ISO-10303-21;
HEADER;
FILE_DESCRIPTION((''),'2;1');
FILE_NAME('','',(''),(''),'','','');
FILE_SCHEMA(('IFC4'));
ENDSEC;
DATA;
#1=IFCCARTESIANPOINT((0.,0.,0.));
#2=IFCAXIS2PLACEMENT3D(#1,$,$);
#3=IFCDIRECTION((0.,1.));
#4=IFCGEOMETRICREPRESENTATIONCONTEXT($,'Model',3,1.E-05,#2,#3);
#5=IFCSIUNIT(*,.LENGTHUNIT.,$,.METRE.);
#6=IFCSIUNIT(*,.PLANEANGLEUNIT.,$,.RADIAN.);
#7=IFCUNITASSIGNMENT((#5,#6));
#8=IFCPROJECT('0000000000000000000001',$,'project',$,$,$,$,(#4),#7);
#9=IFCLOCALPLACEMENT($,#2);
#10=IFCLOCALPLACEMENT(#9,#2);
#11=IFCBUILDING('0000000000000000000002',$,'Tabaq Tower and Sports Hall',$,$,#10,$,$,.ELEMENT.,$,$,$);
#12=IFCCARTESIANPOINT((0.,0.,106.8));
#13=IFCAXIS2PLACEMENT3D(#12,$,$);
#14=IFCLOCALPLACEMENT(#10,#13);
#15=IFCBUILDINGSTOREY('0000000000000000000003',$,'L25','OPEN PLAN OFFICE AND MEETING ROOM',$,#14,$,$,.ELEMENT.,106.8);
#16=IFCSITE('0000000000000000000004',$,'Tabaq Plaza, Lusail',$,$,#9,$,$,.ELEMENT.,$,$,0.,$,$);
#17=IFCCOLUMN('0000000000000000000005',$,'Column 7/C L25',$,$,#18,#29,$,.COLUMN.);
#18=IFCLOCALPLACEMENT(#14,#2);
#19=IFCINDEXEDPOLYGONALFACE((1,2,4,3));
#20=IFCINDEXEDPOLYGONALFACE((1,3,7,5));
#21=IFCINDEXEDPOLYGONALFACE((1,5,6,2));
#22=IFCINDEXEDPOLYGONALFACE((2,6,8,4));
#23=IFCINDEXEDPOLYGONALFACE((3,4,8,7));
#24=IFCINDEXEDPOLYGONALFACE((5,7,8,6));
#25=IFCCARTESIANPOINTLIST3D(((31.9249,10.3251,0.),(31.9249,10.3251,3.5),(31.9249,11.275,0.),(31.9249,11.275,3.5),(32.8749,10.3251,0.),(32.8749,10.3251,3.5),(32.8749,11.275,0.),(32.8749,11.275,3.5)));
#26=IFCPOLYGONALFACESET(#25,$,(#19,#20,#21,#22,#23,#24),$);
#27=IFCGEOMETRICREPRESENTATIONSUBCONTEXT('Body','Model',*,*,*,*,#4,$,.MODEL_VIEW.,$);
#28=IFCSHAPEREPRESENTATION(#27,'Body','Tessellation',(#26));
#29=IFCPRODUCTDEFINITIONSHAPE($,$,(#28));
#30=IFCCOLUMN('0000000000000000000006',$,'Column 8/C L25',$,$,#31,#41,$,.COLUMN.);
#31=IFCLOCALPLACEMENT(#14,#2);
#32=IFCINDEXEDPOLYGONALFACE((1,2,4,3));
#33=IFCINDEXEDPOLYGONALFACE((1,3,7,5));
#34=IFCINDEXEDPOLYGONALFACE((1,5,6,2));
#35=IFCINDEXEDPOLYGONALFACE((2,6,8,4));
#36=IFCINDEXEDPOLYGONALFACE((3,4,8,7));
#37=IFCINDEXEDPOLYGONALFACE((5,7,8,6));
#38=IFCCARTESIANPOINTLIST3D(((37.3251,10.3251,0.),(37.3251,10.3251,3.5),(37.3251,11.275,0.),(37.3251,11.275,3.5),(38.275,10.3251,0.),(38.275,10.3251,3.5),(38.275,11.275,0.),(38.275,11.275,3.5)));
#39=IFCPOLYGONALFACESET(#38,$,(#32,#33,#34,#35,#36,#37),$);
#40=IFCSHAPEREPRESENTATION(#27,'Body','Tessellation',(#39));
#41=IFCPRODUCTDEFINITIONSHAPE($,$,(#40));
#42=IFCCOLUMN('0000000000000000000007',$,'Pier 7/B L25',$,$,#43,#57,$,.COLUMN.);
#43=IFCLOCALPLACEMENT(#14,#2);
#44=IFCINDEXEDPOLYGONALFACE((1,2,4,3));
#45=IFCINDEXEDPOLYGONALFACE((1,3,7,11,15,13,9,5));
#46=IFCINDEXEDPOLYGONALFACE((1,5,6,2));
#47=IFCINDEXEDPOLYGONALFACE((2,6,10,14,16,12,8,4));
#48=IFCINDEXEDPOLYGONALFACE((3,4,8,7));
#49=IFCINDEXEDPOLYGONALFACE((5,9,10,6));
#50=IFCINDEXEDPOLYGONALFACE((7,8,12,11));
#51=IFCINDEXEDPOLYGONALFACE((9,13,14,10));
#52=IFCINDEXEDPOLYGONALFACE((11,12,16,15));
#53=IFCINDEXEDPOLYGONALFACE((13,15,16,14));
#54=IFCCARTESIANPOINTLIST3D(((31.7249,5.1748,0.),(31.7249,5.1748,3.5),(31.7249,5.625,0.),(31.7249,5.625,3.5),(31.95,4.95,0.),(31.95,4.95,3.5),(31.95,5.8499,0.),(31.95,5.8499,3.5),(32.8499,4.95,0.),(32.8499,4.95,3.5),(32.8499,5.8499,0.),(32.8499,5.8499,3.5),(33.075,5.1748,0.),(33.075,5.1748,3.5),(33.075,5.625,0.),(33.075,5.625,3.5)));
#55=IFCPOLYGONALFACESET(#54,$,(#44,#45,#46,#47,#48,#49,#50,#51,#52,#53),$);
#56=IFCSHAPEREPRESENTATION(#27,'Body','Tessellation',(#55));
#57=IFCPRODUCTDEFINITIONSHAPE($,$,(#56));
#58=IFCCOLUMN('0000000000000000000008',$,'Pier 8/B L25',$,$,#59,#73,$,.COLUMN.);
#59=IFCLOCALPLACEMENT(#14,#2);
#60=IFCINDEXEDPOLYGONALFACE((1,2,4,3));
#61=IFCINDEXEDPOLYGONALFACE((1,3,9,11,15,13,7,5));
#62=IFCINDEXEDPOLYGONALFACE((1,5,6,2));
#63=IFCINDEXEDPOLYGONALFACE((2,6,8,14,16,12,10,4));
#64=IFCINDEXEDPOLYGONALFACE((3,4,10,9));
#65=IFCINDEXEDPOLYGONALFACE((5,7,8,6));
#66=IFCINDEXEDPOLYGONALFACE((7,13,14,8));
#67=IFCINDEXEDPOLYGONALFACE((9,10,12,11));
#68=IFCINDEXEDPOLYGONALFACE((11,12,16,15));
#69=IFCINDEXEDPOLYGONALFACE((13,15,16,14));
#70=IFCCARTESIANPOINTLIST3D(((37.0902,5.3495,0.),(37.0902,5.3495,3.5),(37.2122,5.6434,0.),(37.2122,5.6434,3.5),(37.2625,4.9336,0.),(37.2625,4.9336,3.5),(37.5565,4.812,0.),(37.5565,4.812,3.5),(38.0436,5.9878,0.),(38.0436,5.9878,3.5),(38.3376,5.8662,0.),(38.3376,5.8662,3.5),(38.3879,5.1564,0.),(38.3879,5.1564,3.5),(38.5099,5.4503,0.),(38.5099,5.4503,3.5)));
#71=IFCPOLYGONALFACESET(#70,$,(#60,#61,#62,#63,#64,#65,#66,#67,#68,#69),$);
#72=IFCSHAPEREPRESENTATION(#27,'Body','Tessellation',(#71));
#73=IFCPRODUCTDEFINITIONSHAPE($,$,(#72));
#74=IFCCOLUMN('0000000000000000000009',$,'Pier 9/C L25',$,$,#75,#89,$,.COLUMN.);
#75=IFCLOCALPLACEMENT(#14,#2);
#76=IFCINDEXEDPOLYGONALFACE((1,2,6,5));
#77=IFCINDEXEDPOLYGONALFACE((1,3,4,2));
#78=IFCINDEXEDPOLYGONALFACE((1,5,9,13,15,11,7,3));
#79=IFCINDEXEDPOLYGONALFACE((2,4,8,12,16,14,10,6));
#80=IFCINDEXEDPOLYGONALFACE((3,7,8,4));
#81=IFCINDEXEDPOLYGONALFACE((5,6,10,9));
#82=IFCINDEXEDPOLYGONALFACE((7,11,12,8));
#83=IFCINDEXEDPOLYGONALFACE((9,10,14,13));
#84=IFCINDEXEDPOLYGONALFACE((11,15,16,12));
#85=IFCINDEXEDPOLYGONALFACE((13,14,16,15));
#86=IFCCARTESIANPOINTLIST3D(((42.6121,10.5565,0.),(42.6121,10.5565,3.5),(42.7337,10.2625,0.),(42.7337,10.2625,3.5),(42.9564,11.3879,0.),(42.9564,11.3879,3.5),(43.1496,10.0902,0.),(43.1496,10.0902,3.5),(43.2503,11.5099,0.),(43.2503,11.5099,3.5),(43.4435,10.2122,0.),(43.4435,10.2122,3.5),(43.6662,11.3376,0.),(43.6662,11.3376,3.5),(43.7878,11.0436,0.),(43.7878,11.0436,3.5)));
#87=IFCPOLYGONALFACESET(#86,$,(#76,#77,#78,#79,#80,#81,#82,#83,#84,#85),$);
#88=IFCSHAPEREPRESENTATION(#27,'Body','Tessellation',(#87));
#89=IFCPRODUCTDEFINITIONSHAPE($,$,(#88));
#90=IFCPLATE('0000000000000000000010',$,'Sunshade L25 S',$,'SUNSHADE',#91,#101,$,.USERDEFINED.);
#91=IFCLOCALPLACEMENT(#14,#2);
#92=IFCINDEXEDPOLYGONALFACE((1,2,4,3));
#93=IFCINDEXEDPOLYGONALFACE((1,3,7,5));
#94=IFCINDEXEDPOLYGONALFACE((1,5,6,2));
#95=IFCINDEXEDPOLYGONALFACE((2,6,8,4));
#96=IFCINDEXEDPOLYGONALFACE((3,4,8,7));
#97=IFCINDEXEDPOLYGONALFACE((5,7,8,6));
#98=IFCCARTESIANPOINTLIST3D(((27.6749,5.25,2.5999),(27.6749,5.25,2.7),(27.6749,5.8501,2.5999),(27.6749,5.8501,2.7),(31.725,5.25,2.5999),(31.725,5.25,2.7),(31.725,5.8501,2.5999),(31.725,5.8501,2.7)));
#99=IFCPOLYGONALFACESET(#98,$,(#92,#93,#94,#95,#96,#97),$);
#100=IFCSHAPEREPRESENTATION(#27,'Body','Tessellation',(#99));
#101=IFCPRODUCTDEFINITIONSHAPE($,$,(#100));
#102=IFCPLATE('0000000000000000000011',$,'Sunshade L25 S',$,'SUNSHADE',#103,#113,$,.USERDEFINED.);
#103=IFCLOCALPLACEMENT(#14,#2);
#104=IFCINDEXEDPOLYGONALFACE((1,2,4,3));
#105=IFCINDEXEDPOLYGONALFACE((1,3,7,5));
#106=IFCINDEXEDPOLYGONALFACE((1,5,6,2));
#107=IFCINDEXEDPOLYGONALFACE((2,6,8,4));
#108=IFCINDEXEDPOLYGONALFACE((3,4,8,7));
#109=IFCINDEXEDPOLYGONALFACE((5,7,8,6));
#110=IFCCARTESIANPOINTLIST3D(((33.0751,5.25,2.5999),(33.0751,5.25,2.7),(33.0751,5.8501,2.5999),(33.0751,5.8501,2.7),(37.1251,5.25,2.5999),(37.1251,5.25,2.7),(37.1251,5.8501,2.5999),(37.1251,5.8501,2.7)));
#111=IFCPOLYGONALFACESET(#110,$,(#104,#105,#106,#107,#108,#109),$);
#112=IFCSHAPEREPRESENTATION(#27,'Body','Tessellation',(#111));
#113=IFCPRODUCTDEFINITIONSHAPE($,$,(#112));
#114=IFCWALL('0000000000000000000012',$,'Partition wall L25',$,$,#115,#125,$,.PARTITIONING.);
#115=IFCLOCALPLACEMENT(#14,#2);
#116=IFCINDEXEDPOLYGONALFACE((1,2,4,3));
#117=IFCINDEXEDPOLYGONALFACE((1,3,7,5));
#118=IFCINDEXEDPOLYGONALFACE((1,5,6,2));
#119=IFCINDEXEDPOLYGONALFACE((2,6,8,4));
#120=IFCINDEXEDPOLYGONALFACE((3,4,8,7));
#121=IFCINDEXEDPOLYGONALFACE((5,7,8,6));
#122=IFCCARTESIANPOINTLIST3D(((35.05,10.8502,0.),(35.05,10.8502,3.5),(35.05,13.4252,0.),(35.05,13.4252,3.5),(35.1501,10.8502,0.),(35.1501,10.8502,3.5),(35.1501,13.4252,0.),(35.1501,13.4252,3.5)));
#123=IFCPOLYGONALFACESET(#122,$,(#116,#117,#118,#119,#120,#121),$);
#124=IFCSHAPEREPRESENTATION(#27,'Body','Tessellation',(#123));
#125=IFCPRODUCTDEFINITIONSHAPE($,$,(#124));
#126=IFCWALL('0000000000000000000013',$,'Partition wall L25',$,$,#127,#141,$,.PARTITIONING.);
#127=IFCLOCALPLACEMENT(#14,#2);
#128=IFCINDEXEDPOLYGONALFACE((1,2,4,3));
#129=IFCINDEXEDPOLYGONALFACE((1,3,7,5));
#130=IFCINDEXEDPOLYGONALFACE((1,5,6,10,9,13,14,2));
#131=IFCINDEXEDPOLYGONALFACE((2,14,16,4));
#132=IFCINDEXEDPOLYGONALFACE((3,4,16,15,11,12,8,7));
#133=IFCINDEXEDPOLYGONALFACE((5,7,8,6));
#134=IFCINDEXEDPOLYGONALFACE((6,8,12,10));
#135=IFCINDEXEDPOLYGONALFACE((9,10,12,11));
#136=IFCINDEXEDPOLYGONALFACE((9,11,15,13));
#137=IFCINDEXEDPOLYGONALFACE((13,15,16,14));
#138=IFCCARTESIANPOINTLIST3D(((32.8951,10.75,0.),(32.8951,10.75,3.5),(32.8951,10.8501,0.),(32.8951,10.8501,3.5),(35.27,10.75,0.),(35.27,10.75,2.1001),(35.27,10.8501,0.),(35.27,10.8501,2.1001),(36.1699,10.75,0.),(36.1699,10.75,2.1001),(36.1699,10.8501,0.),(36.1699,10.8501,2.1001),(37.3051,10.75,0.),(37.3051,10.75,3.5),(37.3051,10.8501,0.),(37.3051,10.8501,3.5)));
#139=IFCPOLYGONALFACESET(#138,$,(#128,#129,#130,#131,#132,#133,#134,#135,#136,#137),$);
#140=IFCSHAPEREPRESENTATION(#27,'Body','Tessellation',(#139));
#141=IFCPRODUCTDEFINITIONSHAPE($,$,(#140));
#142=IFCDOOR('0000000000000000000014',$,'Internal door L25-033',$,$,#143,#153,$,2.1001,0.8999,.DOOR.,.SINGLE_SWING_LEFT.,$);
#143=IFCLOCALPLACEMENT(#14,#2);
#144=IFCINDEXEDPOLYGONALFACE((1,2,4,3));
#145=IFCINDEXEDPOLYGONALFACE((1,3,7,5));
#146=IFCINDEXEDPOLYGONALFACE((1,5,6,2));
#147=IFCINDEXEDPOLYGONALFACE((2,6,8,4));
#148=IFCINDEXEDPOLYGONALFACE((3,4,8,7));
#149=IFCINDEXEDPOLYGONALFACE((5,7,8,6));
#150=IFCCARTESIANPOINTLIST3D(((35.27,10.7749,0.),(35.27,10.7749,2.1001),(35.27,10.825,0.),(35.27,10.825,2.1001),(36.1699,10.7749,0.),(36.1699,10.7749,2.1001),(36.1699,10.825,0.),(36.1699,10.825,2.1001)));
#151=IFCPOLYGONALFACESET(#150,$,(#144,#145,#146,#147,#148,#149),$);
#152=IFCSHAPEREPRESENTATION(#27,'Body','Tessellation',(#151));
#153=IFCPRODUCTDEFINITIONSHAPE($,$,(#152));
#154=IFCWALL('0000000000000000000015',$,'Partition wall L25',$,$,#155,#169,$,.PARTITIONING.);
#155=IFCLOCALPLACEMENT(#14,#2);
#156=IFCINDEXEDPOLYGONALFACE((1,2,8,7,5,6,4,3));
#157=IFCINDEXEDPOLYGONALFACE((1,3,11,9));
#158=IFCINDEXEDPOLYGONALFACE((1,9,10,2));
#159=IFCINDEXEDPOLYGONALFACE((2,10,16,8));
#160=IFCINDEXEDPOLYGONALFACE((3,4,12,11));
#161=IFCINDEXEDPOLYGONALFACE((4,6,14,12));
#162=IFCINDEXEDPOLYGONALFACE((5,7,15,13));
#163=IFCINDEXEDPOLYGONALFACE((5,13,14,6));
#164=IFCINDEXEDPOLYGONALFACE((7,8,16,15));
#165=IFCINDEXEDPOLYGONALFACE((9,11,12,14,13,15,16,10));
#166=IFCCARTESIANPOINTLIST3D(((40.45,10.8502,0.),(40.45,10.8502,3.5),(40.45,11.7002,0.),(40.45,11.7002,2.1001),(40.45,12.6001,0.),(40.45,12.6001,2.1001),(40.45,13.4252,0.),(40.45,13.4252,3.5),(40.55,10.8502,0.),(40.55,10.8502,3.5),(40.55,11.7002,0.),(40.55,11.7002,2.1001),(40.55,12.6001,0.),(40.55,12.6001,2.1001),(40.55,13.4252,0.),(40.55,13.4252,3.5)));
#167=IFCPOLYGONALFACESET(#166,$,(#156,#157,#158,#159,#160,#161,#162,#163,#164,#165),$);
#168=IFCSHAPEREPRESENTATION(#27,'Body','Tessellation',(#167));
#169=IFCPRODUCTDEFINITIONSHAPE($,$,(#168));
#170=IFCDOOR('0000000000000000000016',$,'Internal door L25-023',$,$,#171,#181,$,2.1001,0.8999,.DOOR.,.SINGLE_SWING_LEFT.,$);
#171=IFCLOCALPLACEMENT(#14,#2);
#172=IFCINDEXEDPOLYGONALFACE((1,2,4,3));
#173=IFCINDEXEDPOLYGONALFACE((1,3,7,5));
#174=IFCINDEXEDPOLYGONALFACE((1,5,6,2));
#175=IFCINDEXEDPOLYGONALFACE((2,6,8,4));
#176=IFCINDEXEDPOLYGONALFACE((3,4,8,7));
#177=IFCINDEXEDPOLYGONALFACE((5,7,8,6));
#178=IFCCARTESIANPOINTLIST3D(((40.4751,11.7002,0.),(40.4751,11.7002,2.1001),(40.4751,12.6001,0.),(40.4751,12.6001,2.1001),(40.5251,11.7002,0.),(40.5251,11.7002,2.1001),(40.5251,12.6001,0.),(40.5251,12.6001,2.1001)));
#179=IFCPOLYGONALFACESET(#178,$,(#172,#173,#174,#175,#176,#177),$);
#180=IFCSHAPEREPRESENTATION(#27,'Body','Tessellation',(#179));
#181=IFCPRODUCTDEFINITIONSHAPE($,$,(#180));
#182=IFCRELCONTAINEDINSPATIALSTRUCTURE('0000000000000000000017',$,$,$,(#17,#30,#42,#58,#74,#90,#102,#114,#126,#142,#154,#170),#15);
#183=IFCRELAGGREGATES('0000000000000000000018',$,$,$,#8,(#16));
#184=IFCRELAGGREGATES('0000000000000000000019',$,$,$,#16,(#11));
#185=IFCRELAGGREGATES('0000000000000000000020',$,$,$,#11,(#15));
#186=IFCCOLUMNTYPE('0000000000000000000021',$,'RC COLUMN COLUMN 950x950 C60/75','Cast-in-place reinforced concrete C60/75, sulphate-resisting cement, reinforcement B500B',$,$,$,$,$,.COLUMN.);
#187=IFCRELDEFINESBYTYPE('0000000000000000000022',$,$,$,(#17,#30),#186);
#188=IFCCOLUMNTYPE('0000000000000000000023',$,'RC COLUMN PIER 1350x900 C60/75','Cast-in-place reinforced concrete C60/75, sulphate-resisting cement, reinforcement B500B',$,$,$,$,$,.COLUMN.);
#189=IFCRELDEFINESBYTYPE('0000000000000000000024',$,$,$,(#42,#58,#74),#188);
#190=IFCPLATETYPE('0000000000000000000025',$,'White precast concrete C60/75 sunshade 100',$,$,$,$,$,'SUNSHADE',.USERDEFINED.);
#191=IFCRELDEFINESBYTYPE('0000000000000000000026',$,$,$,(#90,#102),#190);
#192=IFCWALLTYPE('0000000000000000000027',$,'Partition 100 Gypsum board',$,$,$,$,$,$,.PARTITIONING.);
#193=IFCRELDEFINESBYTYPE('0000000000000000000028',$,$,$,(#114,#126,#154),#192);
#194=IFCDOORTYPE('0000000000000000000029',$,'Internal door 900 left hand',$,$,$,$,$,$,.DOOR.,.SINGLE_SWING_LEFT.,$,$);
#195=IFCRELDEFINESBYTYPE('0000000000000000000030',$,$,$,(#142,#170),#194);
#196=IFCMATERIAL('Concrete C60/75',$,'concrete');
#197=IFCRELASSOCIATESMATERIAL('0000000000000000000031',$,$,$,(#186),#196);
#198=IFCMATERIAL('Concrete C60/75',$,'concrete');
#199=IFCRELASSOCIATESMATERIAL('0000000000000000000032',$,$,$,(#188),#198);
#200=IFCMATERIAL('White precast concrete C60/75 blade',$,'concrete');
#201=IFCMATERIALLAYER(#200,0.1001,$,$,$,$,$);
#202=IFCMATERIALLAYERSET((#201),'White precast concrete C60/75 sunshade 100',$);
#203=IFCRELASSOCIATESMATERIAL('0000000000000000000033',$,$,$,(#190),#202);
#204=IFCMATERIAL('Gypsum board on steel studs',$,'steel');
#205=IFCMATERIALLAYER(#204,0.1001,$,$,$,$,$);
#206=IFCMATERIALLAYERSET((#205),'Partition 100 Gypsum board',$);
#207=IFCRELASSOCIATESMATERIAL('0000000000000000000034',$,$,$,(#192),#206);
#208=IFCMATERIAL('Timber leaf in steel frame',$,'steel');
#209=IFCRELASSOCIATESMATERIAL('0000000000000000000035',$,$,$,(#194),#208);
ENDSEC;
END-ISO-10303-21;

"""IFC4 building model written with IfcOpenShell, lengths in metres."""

from ifc_helpers import new_model, si_unit, direction, frame, frame_2d, origin, origin_2d, place, context, subcontext, project, spatial, polyline, rectangle, outline, extrude, material, layer, layer_set, material_profile, profile_set, type_object, element, fill, save


model = new_model("IFC4")

# Units and contexts
model_context = context("Model", 3, precision=1e-05, world=origin(), true_north=direction((0.0, 1.0)))
body_context = subcontext(model_context, "Body", "Model", "MODEL_VIEW")
ifc_project = project(units=[si_unit("LENGTHUNIT", "METRE"), si_unit("PLANEANGLEUNIT", "RADIAN")], contexts=[model_context])

# Site, building, storey
site_placement = place(None, origin())
site = spatial("IfcSite", under=ifc_project, at=site_placement, Name="Tabaq Plaza, Lusail", CompositionType="ELEMENT", RefElevation=0.0)
building_placement = place(site_placement, origin())
building = spatial("IfcBuilding", under=site, at=building_placement, Name="Tabaq Tower and Sports Hall", CompositionType="ELEMENT")
storey_placement = place(building_placement, frame((0.0, 0.0, 106.8)))
storey = spatial("IfcBuildingStorey", under=building, at=storey_placement, Name="L25", Description="OPEN PLAN OFFICE AND MEETING ROOM", CompositionType="ELEMENT", Elevation=106.8)

# Columns
ifc_material_1 = material(Name="Concrete C60/75", Category="concrete")
ifc_material_profile_1 = material_profile(ifc_material_1, rectangle(XDim=0.95, YDim=0.95, at=origin_2d()), Name="COLUMN 950x950")
ifc_profile_set_1 = profile_set([ifc_material_profile_1], Name="Concrete C60/75")
column_type_1 = type_object("IfcColumnType", Name="RC COLUMN COLUMN 950x950 C60/75", Description="Cast-in-place reinforced concrete C60/75, sulphate-resisting cement, reinforcement B500B", PredefinedType="COLUMN", material=ifc_profile_set_1)
for number, where, z_axis, x_axis, name in (
    (1, (32.3999, 10.8, 0.0), (0.0, 0.0, 1.0), (1.0, 0.0, 0.0), "Column 7/C L25"),
    (2, (37.8, 10.8, 0.0), (0.0, 0.0, 1.0), (1.0, 0.0, 0.0), "Column 8/C L25"),
):
    element("IfcColumn", number, at=place(storey_placement, frame(where, z_axis=z_axis, x_axis=x_axis)), inside=storey, type_object=column_type_1, Name=name, PredefinedType="COLUMN", context=body_context, shape_type="SweptSolid", body=[
        extrude(rectangle(XDim=0.95, YDim=0.95, at=origin_2d()), origin(), (0.0, 0.0, 1.0), 3.5),
    ])
ifc_material_2 = material(Name="Concrete C60/75", Category="concrete")
ifc_material_profile_2 = material_profile(ifc_material_2, outline(polyline([(-0.45, -0.45), (0.45, -0.45), (0.675, -0.2251), (0.675, 0.2251), (0.45, 0.45), (-0.45, 0.45), (-0.675, 0.2251), (-0.675, -0.2251), (-0.45, -0.45)])), Name="PIER 1350x900")
ifc_profile_set_2 = profile_set([ifc_material_profile_2], Name="Concrete C60/75")
column_type_2 = type_object("IfcColumnType", Name="RC COLUMN PIER 1350x900 C60/75", Description="Cast-in-place reinforced concrete C60/75, sulphate-resisting cement, reinforcement B500B", PredefinedType="COLUMN", material=ifc_profile_set_2)
for number, where, z_axis, x_axis, name in (
    (3, (32.3999, 5.3999, 0.0), (0.0, 0.0, 1.0), (1.0, 0.0, 0.0), "Pier 7/B L25"),
    (4, (37.8, 5.3999, 0.0), (0.0, 0.0, 1.0), (0.92388, 0.382683, 0.0), "Pier 8/B L25"),
    (5, (43.2, 10.8, 0.0), (0.0, 0.0, 1.0), (0.382683, 0.92388, 0.0), "Pier 9/C L25"),
):
    element("IfcColumn", number, at=place(storey_placement, frame(where, z_axis=z_axis, x_axis=x_axis)), inside=storey, type_object=column_type_2, Name=name, PredefinedType="COLUMN", context=body_context, shape_type="SweptSolid", body=[
        extrude(outline(polyline([(-0.45, -0.45), (0.45, -0.45), (0.675, -0.2251), (0.675, 0.2251), (0.45, 0.45), (-0.45, 0.45), (-0.675, 0.2251), (-0.675, -0.2251), (-0.45, -0.45)])), origin(), (0.0, 0.0, 1.0), 3.5),
    ])

# Plates
ifc_material_3 = material(Name="White precast concrete C60/75 blade", Category="concrete")
ifc_layer_1 = layer(ifc_material_3, 0.1001)
ifc_layer_set_1 = layer_set([ifc_layer_1], Name="White precast concrete C60/75 sunshade 100")
plate_type = type_object("IfcPlateType", Name="White precast concrete C60/75 sunshade 100", ElementType="SUNSHADE", PredefinedType="USERDEFINED", material=ifc_layer_set_1)
for number, where, z_axis, x_axis, name in (
    (6, (29.7, 5.55, 2.5999), (0.0, 0.0, 1.0), (1.0, 0.0, 0.0), "Sunshade L25 S"),
    (7, (35.1001, 5.55, 2.5999), (0.0, 0.0, 1.0), (1.0, 0.0, 0.0), "Sunshade L25 S"),
):
    element("IfcPlate", number, at=place(storey_placement, frame(where, z_axis=z_axis, x_axis=x_axis)), inside=storey, type_object=plate_type, Name=name, ObjectType="SUNSHADE", PredefinedType="USERDEFINED", context=body_context, shape_type="SweptSolid", body=[
        extrude(rectangle(XDim=4.05, YDim=0.6001, at=origin_2d()), origin(), (0.0, 0.0, 1.0), 0.1001),
    ])

# Wall
ifc_material_4 = material(Name="Gypsum board on steel studs", Category="steel")
ifc_layer_2 = layer(ifc_material_4, 0.1001)
ifc_layer_set_2 = layer_set([ifc_layer_2], Name="Partition 100 Gypsum board")
wall_type_1 = type_object("IfcWallType", Name="Partition 100 Gypsum board", PredefinedType="PARTITIONING", material=ifc_layer_set_2)
wall_1_placement = place(storey_placement, frame((35.1001, 10.8501, 0.0), z_axis=(0.0, 0.0, 1.0), x_axis=(0.0, 1.0, 0.0)))
element("IfcWall", 8, at=wall_1_placement, inside=storey, type_object=wall_type_1, Name="Partition wall L25", PredefinedType="PARTITIONING", context=body_context, shape_type="SweptSolid", body=[
    extrude(rectangle(XDim=2.575, YDim=0.1001, at=frame_2d((1.2876, 0.0))), origin(), (0.0, 0.0, 1.0), 3.5),
])

# Walls, openings, doors
wall_2_placement = place(storey_placement, frame((32.895, 10.8, 0.0), z_axis=(0.0, 0.0, 1.0), x_axis=(1.0, 0.0, 0.0)))
wall_2 = element("IfcWall", 9, at=wall_2_placement, inside=storey, type_object=wall_type_1, Name="Partition wall L25", PredefinedType="PARTITIONING", context=body_context, shape_type="SweptSolid", body=[
    extrude(rectangle(XDim=4.4099, YDim=0.1001, at=frame_2d((2.2051, 0.0))), origin(), (0.0, 0.0, 1.0), 3.5),
])
opening_1_placement = place(wall_2_placement, frame((2.375, 0.0, 0.0)))
opening_1 = element("IfcOpeningElement", 10, at=opening_1_placement, cuts=wall_2, PredefinedType="OPENING", context=body_context, shape_type="SweptSolid", body=[
    extrude(rectangle(XDim=0.8999, YDim=2.1001, at=frame_2d((0.45, 1.05))), frame((0.0, 0.05, 0.0), z_axis=(0.0, -1.0, 0.0), x_axis=(1.0, 0.0, 0.0)), (0.0, 0.0, 1.0), 0.1001),
])
ifc_material_5 = material(Name="Timber leaf in steel frame", Category="steel")
door_type = type_object("IfcDoorType", Name="Internal door 900 left hand", OperationType="SINGLE_SWING_LEFT", PredefinedType="DOOR", material=ifc_material_5)
door_1_placement = place(opening_1_placement, origin())
door_1 = element("IfcDoor", 11, at=door_1_placement, inside=storey, type_object=door_type, Name="Internal door L25-033", OperationType="SINGLE_SWING_LEFT", OverallHeight=2.1001, OverallWidth=0.8999, PredefinedType="DOOR", context=body_context, shape_type="SweptSolid", body=[
    extrude(rectangle(XDim=0.8999, YDim=2.1001, at=frame_2d((0.45, 1.05))), frame((0.0, 0.0249, 0.0), z_axis=(0.0, -1.0, 0.0), x_axis=(1.0, 0.0, 0.0)), (0.0, 0.0, 1.0), 0.05),
])
fill(opening_1, door_1)
wall_3_placement = place(storey_placement, frame((40.5, 10.8501, 0.0), z_axis=(0.0, 0.0, 1.0), x_axis=(0.0, 1.0, 0.0)))
wall_3 = element("IfcWall", 12, at=wall_3_placement, inside=storey, type_object=wall_type_1, Name="Partition wall L25", PredefinedType="PARTITIONING", context=body_context, shape_type="SweptSolid", body=[
    extrude(rectangle(XDim=2.575, YDim=0.1001, at=frame_2d((1.2876, 0.0))), origin(), (0.0, 0.0, 1.0), 3.5),
])
opening_2_placement = place(wall_3_placement, frame((0.8501, 0.0, 0.0)))
opening_2 = element("IfcOpeningElement", 13, at=opening_2_placement, cuts=wall_3, PredefinedType="OPENING", context=body_context, shape_type="SweptSolid", body=[
    extrude(rectangle(XDim=0.8999, YDim=2.1001, at=frame_2d((0.45, 1.05))), frame((0.0, 0.05, 0.0), z_axis=(0.0, -1.0, 0.0), x_axis=(1.0, 0.0, 0.0)), (0.0, 0.0, 1.0), 0.1001),
])
door_2_placement = place(opening_2_placement, origin())
door_2 = element("IfcDoor", 14, at=door_2_placement, inside=storey, type_object=door_type, Name="Internal door L25-023", OperationType="SINGLE_SWING_LEFT", OverallHeight=2.1001, OverallWidth=0.8999, PredefinedType="DOOR", context=body_context, shape_type="SweptSolid", body=[
    extrude(rectangle(XDim=0.8999, YDim=2.1001, at=frame_2d((0.45, 1.05))), frame((0.0, 0.0249, 0.0), z_axis=(0.0, -1.0, 0.0), x_axis=(1.0, 0.0, 0.0)), (0.0, 0.0, 1.0), 0.05),
])
fill(opening_2, door_2)

save(model, "model.ifc")
